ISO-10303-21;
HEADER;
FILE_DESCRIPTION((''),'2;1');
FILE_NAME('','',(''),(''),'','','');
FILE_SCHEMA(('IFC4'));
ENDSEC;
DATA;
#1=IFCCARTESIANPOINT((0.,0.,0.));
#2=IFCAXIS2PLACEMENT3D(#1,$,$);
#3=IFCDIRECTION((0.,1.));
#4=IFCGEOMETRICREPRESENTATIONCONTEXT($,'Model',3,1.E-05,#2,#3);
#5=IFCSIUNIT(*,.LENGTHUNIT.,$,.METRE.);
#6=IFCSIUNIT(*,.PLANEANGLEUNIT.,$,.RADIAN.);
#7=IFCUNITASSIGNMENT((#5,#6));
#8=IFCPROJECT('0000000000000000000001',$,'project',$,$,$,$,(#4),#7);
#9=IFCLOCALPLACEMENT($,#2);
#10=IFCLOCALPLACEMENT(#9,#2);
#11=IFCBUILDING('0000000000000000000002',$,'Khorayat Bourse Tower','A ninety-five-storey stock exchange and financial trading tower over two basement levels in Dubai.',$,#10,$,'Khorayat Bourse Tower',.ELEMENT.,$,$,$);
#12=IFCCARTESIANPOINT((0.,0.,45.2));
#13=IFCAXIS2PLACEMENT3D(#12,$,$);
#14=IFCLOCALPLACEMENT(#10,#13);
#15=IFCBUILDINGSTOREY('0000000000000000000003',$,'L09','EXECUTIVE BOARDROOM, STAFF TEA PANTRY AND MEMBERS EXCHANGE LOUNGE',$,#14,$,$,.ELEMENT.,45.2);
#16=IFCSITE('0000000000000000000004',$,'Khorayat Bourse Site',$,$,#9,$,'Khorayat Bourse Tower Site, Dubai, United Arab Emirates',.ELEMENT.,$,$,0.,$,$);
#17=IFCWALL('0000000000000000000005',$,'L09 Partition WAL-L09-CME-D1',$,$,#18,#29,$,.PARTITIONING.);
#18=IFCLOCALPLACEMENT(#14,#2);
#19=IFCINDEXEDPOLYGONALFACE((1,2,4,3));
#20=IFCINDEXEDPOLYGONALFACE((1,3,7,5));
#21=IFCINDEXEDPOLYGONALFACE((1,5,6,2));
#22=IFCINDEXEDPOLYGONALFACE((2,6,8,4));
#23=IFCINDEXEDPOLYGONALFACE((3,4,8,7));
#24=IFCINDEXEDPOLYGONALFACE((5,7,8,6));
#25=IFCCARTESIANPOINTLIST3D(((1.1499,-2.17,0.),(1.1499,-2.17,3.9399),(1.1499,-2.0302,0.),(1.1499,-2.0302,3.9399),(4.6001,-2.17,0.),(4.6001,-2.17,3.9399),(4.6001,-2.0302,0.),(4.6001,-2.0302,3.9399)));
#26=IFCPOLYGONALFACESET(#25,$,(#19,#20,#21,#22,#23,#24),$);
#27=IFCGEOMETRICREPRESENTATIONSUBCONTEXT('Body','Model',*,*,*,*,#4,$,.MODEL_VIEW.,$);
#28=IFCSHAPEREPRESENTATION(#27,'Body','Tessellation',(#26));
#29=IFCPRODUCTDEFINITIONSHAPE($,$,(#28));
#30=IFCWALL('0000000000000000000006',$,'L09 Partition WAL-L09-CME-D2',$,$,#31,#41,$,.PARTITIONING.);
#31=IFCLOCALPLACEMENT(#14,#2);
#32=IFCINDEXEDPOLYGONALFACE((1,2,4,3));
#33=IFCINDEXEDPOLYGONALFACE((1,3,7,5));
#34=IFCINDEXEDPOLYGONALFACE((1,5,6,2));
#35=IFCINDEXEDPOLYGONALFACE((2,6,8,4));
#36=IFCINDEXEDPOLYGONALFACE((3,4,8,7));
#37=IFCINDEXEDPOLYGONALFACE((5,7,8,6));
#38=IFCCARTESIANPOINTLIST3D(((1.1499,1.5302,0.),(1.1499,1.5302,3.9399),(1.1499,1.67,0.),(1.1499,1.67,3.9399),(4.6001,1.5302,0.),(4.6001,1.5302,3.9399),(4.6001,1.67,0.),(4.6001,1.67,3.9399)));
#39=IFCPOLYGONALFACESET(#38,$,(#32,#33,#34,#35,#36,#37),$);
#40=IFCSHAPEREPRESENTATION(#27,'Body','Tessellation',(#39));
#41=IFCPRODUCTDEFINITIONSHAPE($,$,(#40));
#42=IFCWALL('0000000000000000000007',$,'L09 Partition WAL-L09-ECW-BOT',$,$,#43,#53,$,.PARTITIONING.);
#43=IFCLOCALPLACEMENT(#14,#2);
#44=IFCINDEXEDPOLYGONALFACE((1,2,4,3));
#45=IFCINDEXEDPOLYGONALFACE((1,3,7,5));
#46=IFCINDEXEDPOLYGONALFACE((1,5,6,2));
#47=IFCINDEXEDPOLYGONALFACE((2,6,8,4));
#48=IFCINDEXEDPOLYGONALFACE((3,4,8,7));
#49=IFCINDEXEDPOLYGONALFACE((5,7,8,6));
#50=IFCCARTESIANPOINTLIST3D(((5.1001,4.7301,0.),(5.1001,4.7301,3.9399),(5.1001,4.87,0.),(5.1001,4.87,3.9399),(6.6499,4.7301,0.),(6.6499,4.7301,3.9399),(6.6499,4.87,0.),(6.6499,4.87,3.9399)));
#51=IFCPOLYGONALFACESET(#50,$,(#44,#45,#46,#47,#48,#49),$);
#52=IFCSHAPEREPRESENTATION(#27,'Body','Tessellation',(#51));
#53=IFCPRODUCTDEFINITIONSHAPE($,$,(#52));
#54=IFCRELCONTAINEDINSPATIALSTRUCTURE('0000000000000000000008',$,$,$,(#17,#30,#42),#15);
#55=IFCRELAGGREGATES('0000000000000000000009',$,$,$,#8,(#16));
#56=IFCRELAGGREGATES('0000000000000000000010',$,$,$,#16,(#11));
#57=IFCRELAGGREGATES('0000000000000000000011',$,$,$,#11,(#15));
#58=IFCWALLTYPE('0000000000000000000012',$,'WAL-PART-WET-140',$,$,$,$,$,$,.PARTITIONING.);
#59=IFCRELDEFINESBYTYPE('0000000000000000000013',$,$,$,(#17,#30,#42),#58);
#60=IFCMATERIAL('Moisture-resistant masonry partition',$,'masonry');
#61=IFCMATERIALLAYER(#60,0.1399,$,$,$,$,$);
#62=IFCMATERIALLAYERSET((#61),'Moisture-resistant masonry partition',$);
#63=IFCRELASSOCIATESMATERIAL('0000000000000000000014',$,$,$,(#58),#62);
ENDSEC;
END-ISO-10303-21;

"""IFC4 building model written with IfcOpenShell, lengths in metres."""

from ifc_helpers import new_model, si_unit, direction, frame, frame_2d, origin, place, context, subcontext, project, spatial, rectangle, extrude, source, transform, mapped, material, layer, layer_set, type_object, element, save


model = new_model("IFC4")

# Units and contexts
model_context = context("Model", 3, precision=1e-05, world=origin(), true_north=direction((0.0, 1.0)))
body_context = subcontext(model_context, "Body", "Model", "MODEL_VIEW")
ifc_project = project(units=[si_unit("LENGTHUNIT", "METRE"), si_unit("PLANEANGLEUNIT", "RADIAN")], contexts=[model_context])

# Site, building, storey
site_placement = place(None, origin())
site = spatial("IfcSite", under=ifc_project, at=site_placement, Name="Khorayat Bourse Site", LongName="Khorayat Bourse Tower Site, Dubai, United Arab Emirates", CompositionType="ELEMENT", RefElevation=0.0)
building_placement = place(site_placement, origin())
building = spatial("IfcBuilding", under=site, at=building_placement, Name="Khorayat Bourse Tower", Description="A ninety-five-storey stock exchange and financial trading tower over two basement levels in Dubai.", LongName="Khorayat Bourse Tower", CompositionType="ELEMENT")
storey_placement = place(building_placement, frame((0.0, 0.0, 45.2)))
storey = spatial("IfcBuildingStorey", under=building, at=storey_placement, Name="L09", Description="EXECUTIVE BOARDROOM, STAFF TEA PANTRY AND MEMBERS EXCHANGE LOUNGE", CompositionType="ELEMENT", Elevation=45.2)

# Shared definitions
ifc_material_1 = material(Name="Moisture-resistant masonry partition", Category="masonry")
ifc_layer_1 = layer(ifc_material_1, 0.1399)
ifc_layer_set_1 = layer_set([ifc_layer_1], Name="Moisture-resistant masonry partition")
wall_type_1 = type_object("IfcWallType", Name="WAL-PART-WET-140", PredefinedType="PARTITIONING", material=ifc_layer_set_1)

# Walls
shared_shape_1 = source(origin(), body_context, "Body", "SweptSolid", [
    extrude(rectangle(XDim=3.4502, YDim=0.1399, at=frame_2d((1.7251, 0.0))), origin(), (0.0, 0.0, 1.0), 3.9399),
])
for number, where, z_axis, x_axis, name in (
    (1, (1.1499, -2.1001, 0.0), (0.0, 0.0, 1.0), (1.0, 0.0, 0.0), "L09 Partition WAL-L09-CME-D1"),
    (2, (1.1499, 1.6001, 0.0), (0.0, 0.0, 1.0), (1.0, 0.0, 0.0), "L09 Partition WAL-L09-CME-D2"),
):
    element("IfcWall", number, at=place(storey_placement, frame(where, z_axis=z_axis, x_axis=x_axis)), inside=storey, type_object=wall_type_1, Name=name, PredefinedType="PARTITIONING", context=body_context, shape_type="MappedRepresentation", body=[
        mapped(shared_shape_1, transform((0.0, 0.0, 0.0), scale=1.0)),
    ])

# Wall
shared_shape_2 = source(origin(), body_context, "Body", "SweptSolid", [
    extrude(rectangle(XDim=1.5498, YDim=0.1399, at=frame_2d((0.7749, 0.0))), origin(), (0.0, 0.0, 1.0), 3.9399),
])
wall_1_placement = place(storey_placement, frame((5.1001, 4.8, 0.0), z_axis=(0.0, 0.0, 1.0), x_axis=(1.0, 0.0, 0.0)))
element("IfcWall", 3, at=wall_1_placement, inside=storey, type_object=wall_type_1, Name="L09 Partition WAL-L09-ECW-BOT", PredefinedType="PARTITIONING", context=body_context, shape_type="MappedRepresentation", body=[
    mapped(shared_shape_2, transform((0.0, 0.0, 0.0), scale=1.0)),
])

save(model, "model.ifc")
